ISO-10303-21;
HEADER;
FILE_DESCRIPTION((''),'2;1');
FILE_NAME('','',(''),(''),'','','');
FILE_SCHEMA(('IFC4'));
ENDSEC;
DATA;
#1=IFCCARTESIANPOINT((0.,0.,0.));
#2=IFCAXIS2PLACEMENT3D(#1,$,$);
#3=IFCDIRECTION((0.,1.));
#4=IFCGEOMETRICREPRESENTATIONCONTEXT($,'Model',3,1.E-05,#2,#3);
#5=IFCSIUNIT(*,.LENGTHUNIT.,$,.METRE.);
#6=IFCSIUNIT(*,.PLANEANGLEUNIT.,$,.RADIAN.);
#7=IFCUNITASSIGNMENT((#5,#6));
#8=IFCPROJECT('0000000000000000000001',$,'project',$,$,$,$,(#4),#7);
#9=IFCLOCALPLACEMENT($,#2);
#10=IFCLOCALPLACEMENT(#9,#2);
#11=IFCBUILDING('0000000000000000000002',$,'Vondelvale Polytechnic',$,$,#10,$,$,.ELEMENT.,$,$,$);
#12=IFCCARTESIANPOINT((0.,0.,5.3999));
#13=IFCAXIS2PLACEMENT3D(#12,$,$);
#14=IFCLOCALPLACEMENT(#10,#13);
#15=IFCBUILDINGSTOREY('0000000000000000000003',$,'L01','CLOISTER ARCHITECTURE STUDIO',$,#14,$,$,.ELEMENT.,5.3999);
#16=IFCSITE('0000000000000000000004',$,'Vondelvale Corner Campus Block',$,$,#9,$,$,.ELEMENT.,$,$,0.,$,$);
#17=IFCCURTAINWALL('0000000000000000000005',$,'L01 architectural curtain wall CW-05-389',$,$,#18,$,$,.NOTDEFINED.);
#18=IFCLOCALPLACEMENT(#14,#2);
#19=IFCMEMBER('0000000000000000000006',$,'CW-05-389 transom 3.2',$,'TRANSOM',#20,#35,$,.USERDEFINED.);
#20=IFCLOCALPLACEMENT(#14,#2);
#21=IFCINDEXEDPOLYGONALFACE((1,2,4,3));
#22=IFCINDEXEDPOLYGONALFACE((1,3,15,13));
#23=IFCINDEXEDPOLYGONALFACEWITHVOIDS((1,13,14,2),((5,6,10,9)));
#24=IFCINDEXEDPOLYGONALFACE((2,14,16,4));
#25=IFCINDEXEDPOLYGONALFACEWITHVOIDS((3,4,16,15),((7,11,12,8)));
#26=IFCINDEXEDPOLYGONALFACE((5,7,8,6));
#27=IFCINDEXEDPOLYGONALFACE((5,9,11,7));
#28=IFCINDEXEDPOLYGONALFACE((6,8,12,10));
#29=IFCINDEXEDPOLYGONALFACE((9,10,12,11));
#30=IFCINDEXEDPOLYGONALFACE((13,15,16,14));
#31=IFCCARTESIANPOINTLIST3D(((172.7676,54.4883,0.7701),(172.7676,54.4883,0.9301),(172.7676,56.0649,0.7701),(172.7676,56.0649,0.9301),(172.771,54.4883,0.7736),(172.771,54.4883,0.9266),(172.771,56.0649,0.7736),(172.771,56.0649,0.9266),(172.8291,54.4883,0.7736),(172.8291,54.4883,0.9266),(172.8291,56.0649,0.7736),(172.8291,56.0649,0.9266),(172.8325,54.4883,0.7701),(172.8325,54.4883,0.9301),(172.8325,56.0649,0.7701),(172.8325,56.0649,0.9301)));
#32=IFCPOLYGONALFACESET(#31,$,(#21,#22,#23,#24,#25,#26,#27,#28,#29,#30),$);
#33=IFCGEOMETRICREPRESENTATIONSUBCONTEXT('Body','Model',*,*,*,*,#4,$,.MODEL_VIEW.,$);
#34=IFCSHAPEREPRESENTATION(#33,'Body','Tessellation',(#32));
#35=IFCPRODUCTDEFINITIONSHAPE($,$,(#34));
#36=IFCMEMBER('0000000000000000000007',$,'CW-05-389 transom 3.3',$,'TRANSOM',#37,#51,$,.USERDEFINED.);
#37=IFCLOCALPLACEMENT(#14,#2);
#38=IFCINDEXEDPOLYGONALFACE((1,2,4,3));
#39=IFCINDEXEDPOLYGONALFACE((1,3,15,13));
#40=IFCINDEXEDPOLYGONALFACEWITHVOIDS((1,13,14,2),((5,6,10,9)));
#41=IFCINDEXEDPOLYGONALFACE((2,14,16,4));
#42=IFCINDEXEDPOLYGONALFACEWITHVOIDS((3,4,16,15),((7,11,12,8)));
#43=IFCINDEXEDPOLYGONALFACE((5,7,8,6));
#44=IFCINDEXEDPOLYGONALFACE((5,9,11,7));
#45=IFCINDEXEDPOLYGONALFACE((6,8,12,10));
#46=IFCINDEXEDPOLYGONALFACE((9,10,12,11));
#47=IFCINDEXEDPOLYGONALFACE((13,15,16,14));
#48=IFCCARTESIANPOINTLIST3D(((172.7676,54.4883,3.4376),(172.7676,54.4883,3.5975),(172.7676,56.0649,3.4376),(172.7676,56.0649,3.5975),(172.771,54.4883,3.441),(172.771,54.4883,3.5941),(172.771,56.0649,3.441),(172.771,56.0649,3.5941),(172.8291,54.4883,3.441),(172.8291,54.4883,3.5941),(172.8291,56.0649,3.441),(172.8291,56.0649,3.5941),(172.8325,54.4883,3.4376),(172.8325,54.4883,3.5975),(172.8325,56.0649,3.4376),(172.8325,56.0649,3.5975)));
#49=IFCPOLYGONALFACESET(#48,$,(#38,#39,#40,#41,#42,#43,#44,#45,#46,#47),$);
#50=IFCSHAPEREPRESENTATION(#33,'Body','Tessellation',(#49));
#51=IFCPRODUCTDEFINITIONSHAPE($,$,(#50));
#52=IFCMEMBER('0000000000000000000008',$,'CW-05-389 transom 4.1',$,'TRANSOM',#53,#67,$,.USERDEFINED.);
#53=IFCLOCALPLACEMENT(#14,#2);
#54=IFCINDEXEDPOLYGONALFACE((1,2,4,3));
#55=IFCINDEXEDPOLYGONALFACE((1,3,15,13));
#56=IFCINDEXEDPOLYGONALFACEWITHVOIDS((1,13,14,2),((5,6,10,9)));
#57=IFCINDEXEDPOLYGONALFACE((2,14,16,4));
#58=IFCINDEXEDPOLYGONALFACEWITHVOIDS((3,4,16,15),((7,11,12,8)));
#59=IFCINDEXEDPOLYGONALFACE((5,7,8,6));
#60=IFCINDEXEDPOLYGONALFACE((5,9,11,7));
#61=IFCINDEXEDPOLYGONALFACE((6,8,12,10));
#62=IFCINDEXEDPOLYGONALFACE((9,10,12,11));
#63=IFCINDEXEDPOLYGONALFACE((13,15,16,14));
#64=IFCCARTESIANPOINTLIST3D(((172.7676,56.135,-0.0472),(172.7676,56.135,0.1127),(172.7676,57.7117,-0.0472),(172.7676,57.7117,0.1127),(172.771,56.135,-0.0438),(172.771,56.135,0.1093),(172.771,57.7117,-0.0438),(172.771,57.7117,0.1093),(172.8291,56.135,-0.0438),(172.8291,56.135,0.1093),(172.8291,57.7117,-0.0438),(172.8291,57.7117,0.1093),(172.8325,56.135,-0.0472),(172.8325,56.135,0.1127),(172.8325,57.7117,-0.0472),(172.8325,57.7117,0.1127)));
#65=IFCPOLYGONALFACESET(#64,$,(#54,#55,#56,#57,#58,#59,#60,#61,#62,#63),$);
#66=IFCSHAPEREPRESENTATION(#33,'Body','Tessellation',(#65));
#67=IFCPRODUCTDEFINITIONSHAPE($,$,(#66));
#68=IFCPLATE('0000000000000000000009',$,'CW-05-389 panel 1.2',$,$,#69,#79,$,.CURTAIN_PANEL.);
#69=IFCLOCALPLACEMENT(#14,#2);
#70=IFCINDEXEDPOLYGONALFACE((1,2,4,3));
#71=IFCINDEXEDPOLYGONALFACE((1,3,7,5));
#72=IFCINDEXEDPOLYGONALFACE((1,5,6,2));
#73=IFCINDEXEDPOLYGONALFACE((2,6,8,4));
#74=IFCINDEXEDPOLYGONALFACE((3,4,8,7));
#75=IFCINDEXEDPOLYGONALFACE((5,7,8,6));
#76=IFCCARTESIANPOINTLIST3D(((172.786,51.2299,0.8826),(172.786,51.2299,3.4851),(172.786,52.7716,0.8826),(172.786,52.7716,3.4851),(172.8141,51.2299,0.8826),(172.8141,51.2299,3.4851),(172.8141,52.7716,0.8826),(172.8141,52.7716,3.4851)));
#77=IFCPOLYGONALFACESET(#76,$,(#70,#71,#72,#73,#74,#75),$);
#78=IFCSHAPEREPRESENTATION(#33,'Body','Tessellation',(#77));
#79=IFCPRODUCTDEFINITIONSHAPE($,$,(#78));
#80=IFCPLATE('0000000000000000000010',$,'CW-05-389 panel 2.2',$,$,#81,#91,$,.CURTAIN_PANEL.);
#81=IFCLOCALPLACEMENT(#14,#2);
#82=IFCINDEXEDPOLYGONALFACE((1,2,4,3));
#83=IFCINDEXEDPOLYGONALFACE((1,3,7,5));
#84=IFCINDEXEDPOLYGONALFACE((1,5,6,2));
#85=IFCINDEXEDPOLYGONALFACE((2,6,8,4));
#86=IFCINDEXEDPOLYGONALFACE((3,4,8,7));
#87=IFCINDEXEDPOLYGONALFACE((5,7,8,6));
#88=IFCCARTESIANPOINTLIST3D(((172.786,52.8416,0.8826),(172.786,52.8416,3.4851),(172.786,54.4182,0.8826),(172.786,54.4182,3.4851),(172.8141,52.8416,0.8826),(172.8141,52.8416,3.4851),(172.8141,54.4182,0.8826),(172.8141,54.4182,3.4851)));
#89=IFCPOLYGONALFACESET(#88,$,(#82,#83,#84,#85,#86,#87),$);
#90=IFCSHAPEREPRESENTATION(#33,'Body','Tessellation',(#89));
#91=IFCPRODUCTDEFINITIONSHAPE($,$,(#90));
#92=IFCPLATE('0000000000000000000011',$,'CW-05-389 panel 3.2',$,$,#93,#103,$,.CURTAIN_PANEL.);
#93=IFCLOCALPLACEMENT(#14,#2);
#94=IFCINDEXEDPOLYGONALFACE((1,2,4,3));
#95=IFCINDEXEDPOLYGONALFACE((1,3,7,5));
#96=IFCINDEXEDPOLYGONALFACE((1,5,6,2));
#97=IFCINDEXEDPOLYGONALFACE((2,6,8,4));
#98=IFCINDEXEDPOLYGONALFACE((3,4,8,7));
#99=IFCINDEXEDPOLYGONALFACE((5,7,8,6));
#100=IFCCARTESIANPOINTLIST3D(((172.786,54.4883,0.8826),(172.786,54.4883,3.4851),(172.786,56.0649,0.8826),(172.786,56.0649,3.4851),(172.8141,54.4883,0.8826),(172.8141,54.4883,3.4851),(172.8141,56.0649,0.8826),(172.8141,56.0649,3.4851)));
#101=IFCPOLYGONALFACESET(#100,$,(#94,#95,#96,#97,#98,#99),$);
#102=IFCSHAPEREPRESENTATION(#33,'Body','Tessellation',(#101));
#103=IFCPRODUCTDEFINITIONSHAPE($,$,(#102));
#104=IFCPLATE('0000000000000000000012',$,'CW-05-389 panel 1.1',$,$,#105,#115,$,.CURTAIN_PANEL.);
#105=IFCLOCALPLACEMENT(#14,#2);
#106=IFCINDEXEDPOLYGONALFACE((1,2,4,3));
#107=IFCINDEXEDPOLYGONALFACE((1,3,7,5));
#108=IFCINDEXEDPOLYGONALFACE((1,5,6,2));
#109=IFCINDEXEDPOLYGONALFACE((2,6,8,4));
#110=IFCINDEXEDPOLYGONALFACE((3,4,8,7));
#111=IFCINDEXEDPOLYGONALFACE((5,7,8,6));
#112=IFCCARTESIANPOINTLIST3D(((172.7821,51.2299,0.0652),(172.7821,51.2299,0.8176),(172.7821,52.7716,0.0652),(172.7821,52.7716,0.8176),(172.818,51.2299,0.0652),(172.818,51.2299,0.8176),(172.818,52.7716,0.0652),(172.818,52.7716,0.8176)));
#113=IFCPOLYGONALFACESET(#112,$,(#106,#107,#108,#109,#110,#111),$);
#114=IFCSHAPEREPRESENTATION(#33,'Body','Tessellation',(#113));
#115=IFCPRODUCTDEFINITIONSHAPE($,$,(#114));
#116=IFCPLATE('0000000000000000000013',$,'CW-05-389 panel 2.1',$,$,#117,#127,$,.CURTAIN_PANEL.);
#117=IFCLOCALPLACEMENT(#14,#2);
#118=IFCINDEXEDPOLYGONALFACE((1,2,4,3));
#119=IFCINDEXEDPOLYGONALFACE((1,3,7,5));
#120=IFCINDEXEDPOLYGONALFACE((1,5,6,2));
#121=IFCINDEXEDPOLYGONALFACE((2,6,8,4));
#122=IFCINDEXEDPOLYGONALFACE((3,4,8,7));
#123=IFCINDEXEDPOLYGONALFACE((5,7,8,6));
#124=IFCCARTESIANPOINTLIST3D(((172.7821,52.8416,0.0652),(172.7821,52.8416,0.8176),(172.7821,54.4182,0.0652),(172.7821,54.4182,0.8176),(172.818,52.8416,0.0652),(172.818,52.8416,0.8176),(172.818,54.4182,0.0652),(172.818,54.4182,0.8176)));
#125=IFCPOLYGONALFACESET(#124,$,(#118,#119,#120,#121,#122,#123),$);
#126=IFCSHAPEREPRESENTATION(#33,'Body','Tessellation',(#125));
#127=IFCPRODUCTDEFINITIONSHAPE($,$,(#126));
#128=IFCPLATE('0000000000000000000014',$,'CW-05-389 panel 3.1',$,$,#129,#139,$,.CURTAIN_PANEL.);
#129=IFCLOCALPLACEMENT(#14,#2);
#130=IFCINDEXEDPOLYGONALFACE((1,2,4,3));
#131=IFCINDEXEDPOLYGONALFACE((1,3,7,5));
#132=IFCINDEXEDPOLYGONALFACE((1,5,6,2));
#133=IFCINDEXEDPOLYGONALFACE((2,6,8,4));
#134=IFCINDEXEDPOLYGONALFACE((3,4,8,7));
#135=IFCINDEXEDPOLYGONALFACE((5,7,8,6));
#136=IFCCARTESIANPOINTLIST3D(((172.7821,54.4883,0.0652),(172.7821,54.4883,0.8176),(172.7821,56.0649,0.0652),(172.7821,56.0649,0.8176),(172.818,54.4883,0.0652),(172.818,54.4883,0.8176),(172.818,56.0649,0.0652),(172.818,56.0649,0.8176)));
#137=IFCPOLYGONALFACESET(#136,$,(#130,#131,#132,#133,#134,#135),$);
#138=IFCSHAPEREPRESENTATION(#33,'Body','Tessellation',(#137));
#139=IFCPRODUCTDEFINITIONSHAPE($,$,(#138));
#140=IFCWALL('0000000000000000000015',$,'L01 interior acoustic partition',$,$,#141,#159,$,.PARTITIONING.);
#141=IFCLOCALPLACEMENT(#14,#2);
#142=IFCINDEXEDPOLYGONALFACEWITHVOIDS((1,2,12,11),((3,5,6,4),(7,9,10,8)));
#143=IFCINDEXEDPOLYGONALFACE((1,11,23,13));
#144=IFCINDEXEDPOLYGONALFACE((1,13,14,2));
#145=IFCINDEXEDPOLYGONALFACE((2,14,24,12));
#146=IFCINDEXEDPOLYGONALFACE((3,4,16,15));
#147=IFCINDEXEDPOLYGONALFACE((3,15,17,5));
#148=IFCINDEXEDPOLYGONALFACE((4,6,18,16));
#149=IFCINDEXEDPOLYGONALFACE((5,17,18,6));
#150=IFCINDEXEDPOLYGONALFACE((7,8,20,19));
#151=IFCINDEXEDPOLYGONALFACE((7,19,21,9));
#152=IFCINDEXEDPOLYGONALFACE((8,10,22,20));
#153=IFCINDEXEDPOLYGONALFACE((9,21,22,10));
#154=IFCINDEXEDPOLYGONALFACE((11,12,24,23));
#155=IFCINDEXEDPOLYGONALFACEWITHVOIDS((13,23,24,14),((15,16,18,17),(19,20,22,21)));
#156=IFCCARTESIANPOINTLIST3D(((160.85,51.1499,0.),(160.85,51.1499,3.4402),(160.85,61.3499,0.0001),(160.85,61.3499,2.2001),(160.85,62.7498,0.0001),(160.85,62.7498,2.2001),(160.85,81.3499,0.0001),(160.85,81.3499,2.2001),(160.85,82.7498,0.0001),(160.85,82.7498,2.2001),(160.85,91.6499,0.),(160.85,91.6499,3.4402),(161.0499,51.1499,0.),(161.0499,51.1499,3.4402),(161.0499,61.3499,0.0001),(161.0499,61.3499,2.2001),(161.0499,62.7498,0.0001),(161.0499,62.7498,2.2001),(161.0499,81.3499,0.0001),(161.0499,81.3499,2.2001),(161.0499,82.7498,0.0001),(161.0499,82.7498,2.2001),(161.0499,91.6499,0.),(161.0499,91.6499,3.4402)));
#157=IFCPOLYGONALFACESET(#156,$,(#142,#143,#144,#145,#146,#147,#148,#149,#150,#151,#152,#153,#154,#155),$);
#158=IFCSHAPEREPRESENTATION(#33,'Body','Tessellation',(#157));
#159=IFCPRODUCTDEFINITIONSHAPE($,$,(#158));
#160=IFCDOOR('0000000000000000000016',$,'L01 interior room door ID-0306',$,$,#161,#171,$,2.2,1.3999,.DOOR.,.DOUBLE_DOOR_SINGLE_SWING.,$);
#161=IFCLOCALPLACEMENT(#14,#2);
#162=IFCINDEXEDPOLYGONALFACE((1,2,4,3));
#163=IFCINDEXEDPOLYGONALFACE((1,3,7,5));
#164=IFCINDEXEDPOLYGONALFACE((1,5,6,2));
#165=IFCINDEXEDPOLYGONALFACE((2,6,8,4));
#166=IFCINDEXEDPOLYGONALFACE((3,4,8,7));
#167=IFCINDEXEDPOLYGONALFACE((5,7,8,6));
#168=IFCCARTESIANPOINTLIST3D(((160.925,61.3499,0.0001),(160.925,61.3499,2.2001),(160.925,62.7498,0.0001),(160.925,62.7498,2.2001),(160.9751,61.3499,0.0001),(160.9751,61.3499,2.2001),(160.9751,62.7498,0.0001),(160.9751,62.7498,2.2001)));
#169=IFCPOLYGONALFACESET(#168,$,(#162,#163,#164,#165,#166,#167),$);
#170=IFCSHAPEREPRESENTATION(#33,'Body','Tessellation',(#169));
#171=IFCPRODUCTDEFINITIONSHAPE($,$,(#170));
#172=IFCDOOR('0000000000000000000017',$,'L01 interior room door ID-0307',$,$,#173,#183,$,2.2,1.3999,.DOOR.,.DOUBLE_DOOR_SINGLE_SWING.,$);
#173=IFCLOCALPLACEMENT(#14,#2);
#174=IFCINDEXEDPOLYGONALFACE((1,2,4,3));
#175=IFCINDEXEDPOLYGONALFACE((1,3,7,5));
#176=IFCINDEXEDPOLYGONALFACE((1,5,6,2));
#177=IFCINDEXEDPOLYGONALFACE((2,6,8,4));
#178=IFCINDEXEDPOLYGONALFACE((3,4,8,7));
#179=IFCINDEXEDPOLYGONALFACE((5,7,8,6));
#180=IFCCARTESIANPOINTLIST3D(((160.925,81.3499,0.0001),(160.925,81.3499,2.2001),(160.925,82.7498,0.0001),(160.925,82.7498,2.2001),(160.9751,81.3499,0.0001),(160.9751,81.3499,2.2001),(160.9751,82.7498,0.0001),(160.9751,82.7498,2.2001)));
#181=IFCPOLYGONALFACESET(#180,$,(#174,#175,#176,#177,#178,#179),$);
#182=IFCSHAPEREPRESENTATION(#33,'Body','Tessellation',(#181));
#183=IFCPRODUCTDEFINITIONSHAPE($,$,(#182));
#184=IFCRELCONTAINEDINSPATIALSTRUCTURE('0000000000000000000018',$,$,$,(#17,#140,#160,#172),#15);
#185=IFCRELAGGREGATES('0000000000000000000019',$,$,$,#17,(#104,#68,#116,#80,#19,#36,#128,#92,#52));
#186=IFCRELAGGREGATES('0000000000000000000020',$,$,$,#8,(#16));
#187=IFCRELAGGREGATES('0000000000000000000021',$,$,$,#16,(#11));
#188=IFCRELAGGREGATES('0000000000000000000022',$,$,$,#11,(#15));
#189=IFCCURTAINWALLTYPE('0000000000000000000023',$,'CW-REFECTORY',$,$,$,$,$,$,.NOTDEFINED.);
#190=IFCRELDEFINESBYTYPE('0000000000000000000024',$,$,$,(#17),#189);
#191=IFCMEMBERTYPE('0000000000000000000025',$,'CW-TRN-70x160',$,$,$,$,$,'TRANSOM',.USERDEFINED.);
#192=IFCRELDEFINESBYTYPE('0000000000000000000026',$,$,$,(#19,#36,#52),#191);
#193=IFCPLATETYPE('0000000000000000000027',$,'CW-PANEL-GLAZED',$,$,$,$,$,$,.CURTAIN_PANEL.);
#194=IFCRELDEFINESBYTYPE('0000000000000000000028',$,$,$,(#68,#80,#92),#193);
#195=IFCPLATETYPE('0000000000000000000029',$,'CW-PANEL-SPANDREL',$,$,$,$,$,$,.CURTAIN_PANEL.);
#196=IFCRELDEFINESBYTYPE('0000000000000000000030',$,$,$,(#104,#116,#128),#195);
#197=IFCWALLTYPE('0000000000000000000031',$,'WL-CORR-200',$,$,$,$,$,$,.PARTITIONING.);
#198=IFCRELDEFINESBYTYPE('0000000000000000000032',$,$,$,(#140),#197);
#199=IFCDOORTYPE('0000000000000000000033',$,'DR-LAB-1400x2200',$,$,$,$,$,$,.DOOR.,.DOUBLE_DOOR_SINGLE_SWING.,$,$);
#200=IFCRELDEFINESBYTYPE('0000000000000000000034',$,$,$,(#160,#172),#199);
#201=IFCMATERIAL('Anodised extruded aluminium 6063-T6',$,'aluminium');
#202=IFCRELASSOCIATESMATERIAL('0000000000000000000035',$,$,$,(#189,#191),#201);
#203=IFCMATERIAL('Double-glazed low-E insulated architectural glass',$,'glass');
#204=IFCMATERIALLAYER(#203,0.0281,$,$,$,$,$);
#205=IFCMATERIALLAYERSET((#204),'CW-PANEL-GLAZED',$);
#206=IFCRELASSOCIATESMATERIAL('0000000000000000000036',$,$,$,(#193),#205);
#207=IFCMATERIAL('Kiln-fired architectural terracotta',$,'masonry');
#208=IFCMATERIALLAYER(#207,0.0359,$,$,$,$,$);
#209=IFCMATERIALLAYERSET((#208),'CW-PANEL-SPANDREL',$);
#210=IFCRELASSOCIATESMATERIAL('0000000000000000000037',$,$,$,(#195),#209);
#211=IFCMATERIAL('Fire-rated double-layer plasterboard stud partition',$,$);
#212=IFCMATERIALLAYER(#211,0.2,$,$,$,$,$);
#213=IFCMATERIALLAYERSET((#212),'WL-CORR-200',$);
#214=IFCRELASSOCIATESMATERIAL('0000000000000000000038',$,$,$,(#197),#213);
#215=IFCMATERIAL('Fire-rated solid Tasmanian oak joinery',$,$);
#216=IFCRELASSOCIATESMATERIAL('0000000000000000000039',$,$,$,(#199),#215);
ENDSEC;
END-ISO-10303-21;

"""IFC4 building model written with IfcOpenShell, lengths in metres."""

from ifc_helpers import new_model, si_unit, direction, frame, frame_2d, origin, origin_2d, place, context, subcontext, project, spatial, rectangle, hollow_rectangle, extrude, material, layer, layer_set, material_profile, profile_set, type_object, element, fill, aggregate, save


model = new_model("IFC4")

# Units and contexts
model_context = context("Model", 3, precision=1e-05, world=origin(), true_north=direction((0.0, 1.0)))
body_context = subcontext(model_context, "Body", "Model", "MODEL_VIEW")
ifc_project = project(units=[si_unit("LENGTHUNIT", "METRE"), si_unit("PLANEANGLEUNIT", "RADIAN")], contexts=[model_context])

# Site, building, storey
site_placement = place(None, origin())
site = spatial("IfcSite", under=ifc_project, at=site_placement, Name="Vondelvale Corner Campus Block", CompositionType="ELEMENT", RefElevation=0.0)
building_placement = place(site_placement, origin())
building = spatial("IfcBuilding", under=site, at=building_placement, Name="Vondelvale Polytechnic", CompositionType="ELEMENT")
storey_placement = place(building_placement, frame((0.0, 0.0, 5.3999)))
storey = spatial("IfcBuildingStorey", under=building, at=storey_placement, Name="L01", Description="CLOISTER ARCHITECTURE STUDIO", CompositionType="ELEMENT", Elevation=5.3999)

# Curtain wall, members, plates
ifc_material_1 = material(Name="Anodised extruded aluminium 6063-T6", Category="aluminium")
curtain_wall_type = type_object("IfcCurtainWallType", Name="CW-REFECTORY", PredefinedType="NOTDEFINED", material=ifc_material_1)
curtain_wall_placement = place(storey_placement, origin())
curtain_wall = element("IfcCurtainWall", 1, at=curtain_wall_placement, inside=storey, type_object=curtain_wall_type, Name="L01 architectural curtain wall CW-05-389", PredefinedType="NOTDEFINED")
ifc_material_profile_1 = material_profile(ifc_material_1, hollow_rectangle(XDim=0.0649, YDim=0.1599, WallThickness=0.0034, at=origin_2d()), Name="CW-TRN-160x65")
ifc_profile_set_1 = profile_set([ifc_material_profile_1], Name="Anodised extruded aluminium 6063-T6")
member_type_1 = type_object("IfcMemberType", Name="CW-TRN-70x160", ElementType="TRANSOM", PredefinedType="USERDEFINED", material=ifc_profile_set_1)
member_1_placement = place(storey_placement, frame((172.8, 54.4883, 0.8501), z_axis=(0.0, 1.0, 0.0), x_axis=(-1.0, 0.0, 0.0)))
member_1 = element("IfcMember", 2, at=member_1_placement, type_object=member_type_1, Name="CW-05-389 transom 3.2", ObjectType="TRANSOM", PredefinedType="USERDEFINED", context=body_context, shape_type="SweptSolid", body=[
    extrude(hollow_rectangle(XDim=0.0649, YDim=0.1599, WallThickness=0.0034, at=origin_2d()), origin(), (0.0, 0.0, 1.0), 1.5767),
])
member_2_placement = place(storey_placement, frame((172.8, 54.4883, 3.5176), z_axis=(0.0, 1.0, 0.0), x_axis=(-1.0, 0.0, 0.0)))
member_2 = element("IfcMember", 3, at=member_2_placement, type_object=member_type_1, Name="CW-05-389 transom 3.3", ObjectType="TRANSOM", PredefinedType="USERDEFINED", context=body_context, shape_type="SweptSolid", body=[
    extrude(hollow_rectangle(XDim=0.0649, YDim=0.1599, WallThickness=0.0034, at=origin_2d()), origin(), (0.0, 0.0, 1.0), 1.5767),
])
member_3_placement = place(storey_placement, frame((172.8, 56.135, 0.0327), z_axis=(0.0, 1.0, 0.0), x_axis=(-1.0, 0.0, 0.0)))
member_3 = element("IfcMember", 4, at=member_3_placement, type_object=member_type_1, Name="CW-05-389 transom 4.1", ObjectType="TRANSOM", PredefinedType="USERDEFINED", context=body_context, shape_type="SweptSolid", body=[
    extrude(hollow_rectangle(XDim=0.0649, YDim=0.1599, WallThickness=0.0034, at=origin_2d()), origin(), (0.0, 0.0, 1.0), 1.5767),
])
ifc_material_2 = material(Name="Double-glazed low-E insulated architectural glass", Category="glass")
ifc_layer_1 = layer(ifc_material_2, 0.0281)
ifc_layer_set_1 = layer_set([ifc_layer_1], Name="CW-PANEL-GLAZED")
plate_type_1 = type_object("IfcPlateType", Name="CW-PANEL-GLAZED", PredefinedType="CURTAIN_PANEL", material=ifc_layer_set_1)
plate_1_placement = place(storey_placement, frame((172.8, 52.0007, 0.8826), z_axis=(0.0, 0.0, 1.0), x_axis=(0.0, 1.0, 0.0)))
plate_1 = element("IfcPlate", 5, at=plate_1_placement, type_object=plate_type_1, Name="CW-05-389 panel 1.2", PredefinedType="CURTAIN_PANEL", context=body_context, shape_type="SweptSolid", body=[
    extrude(rectangle(XDim=1.5417, YDim=0.0281, at=origin_2d()), origin(), (0.0, 0.0, 1.0), 2.6025),
])
plate_2_placement = place(storey_placement, frame((172.8, 53.6299, 0.8826), z_axis=(0.0, 0.0, 1.0), x_axis=(0.0, 1.0, 0.0)))
plate_2 = element("IfcPlate", 6, at=plate_2_placement, type_object=plate_type_1, Name="CW-05-389 panel 2.2", PredefinedType="CURTAIN_PANEL", context=body_context, shape_type="SweptSolid", body=[
    extrude(rectangle(XDim=1.5767, YDim=0.0281, at=origin_2d()), origin(), (0.0, 0.0, 1.0), 2.6025),
])
plate_3_placement = place(storey_placement, frame((172.8, 55.2766, 0.8826), z_axis=(0.0, 0.0, 1.0), x_axis=(0.0, 1.0, 0.0)))
plate_3 = element("IfcPlate", 7, at=plate_3_placement, type_object=plate_type_1, Name="CW-05-389 panel 3.2", PredefinedType="CURTAIN_PANEL", context=body_context, shape_type="SweptSolid", body=[
    extrude(rectangle(XDim=1.5767, YDim=0.0281, at=origin_2d()), origin(), (0.0, 0.0, 1.0), 2.6025),
])
ifc_material_3 = material(Name="Kiln-fired architectural terracotta", Category="masonry")
ifc_layer_2 = layer(ifc_material_3, 0.0359)
ifc_layer_set_2 = layer_set([ifc_layer_2], Name="CW-PANEL-SPANDREL")
plate_type_2 = type_object("IfcPlateType", Name="CW-PANEL-SPANDREL", PredefinedType="CURTAIN_PANEL", material=ifc_layer_set_2)
plate_4_placement = place(storey_placement, frame((172.8, 52.0007, 0.0652), z_axis=(0.0, 0.0, 1.0), x_axis=(0.0, 1.0, 0.0)))
plate_4 = element("IfcPlate", 8, at=plate_4_placement, type_object=plate_type_2, Name="CW-05-389 panel 1.1", PredefinedType="CURTAIN_PANEL", context=body_context, shape_type="SweptSolid", body=[
    extrude(rectangle(XDim=1.5417, YDim=0.0359, at=origin_2d()), origin(), (0.0, 0.0, 1.0), 0.7524),
])
plate_5_placement = place(storey_placement, frame((172.8, 53.6299, 0.0652), z_axis=(0.0, 0.0, 1.0), x_axis=(0.0, 1.0, 0.0)))
plate_5 = element("IfcPlate", 9, at=plate_5_placement, type_object=plate_type_2, Name="CW-05-389 panel 2.1", PredefinedType="CURTAIN_PANEL", context=body_context, shape_type="SweptSolid", body=[
    extrude(rectangle(XDim=1.5767, YDim=0.0359, at=origin_2d()), origin(), (0.0, 0.0, 1.0), 0.7524),
])
plate_6_placement = place(storey_placement, frame((172.8, 55.2766, 0.0652), z_axis=(0.0, 0.0, 1.0), x_axis=(0.0, 1.0, 0.0)))
plate_6 = element("IfcPlate", 10, at=plate_6_placement, type_object=plate_type_2, Name="CW-05-389 panel 3.1", PredefinedType="CURTAIN_PANEL", context=body_context, shape_type="SweptSolid", body=[
    extrude(rectangle(XDim=1.5767, YDim=0.0359, at=origin_2d()), origin(), (0.0, 0.0, 1.0), 0.7524),
])
aggregate(curtain_wall, [plate_4, plate_1, plate_5, plate_2, member_1, member_2, plate_6, plate_3, member_3])

# Wall, openings, doors
ifc_material_4 = material(Name="Fire-rated double-layer plasterboard stud partition")
ifc_layer_3 = layer(ifc_material_4, 0.2)
ifc_layer_set_3 = layer_set([ifc_layer_3], Name="WL-CORR-200")
wall_type = type_object("IfcWallType", Name="WL-CORR-200", PredefinedType="PARTITIONING", material=ifc_layer_set_3)
wall_placement = place(storey_placement, frame((160.95, 51.1499, 0.0), z_axis=(0.0, 0.0, 1.0), x_axis=(0.0, 1.0, 0.0)))
wall = element("IfcWall", 11, at=wall_placement, inside=storey, type_object=wall_type, Name="L01 interior acoustic partition", PredefinedType="PARTITIONING", context=body_context, shape_type="SweptSolid", body=[
    extrude(rectangle(XDim=40.5, YDim=0.2, at=frame_2d((20.25, 0.0))), origin(), (0.0, 0.0, 1.0), 3.4402),
])
opening_1_placement = place(wall_placement, frame((10.2, 0.0, 0.0)))
opening_1 = element("IfcOpeningElement", 12, at=opening_1_placement, cuts=wall, PredefinedType="OPENING", context=body_context, shape_type="SweptSolid", body=[
    extrude(rectangle(XDim=1.3999, YDim=2.2, at=frame_2d((0.7, 1.1001))), frame((0.0, 0.1099, 0.0), z_axis=(0.0, -1.0, 0.0), x_axis=(1.0, 0.0, 0.0)), (0.0, 0.0, 1.0), 0.22),
])
opening_2_placement = place(wall_placement, frame((30.2, 0.0, 0.0)))
opening_2 = element("IfcOpeningElement", 13, at=opening_2_placement, cuts=wall, PredefinedType="OPENING", context=body_context, shape_type="SweptSolid", body=[
    extrude(rectangle(XDim=1.3999, YDim=2.2, at=frame_2d((0.7, 1.1001))), frame((0.0, 0.1099, 0.0), z_axis=(0.0, -1.0, 0.0), x_axis=(1.0, 0.0, 0.0)), (0.0, 0.0, 1.0), 0.22),
])
ifc_material_5 = material(Name="Fire-rated solid Tasmanian oak joinery")
door_type = type_object("IfcDoorType", Name="DR-LAB-1400x2200", OperationType="DOUBLE_DOOR_SINGLE_SWING", PredefinedType="DOOR", material=ifc_material_5)
door_1_placement = place(opening_1_placement, origin())
door_1 = element("IfcDoor", 14, at=door_1_placement, inside=storey, type_object=door_type, Name="L01 interior room door ID-0306", OperationType="DOUBLE_DOOR_SINGLE_SWING", OverallHeight=2.2, OverallWidth=1.3999, PredefinedType="DOOR", context=body_context, shape_type="SweptSolid", body=[
    extrude(rectangle(XDim=1.3999, YDim=2.2, at=frame_2d((0.7, 1.1001))), frame((0.0, 0.0249, 0.0), z_axis=(0.0, -1.0, 0.0), x_axis=(1.0, 0.0, 0.0)), (0.0, 0.0, 1.0), 0.05),
])
fill(opening_1, door_1)
door_2_placement = place(opening_2_placement, origin())
door_2 = element("IfcDoor", 15, at=door_2_placement, inside=storey, type_object=door_type, Name="L01 interior room door ID-0307", OperationType="DOUBLE_DOOR_SINGLE_SWING", OverallHeight=2.2, OverallWidth=1.3999, PredefinedType="DOOR", context=body_context, shape_type="SweptSolid", body=[
    extrude(rectangle(XDim=1.3999, YDim=2.2, at=frame_2d((0.7, 1.1001))), frame((0.0, 0.0249, 0.0), z_axis=(0.0, -1.0, 0.0), x_axis=(1.0, 0.0, 0.0)), (0.0, 0.0, 1.0), 0.05),
])
fill(opening_2, door_2)

save(model, "model.ifc")
